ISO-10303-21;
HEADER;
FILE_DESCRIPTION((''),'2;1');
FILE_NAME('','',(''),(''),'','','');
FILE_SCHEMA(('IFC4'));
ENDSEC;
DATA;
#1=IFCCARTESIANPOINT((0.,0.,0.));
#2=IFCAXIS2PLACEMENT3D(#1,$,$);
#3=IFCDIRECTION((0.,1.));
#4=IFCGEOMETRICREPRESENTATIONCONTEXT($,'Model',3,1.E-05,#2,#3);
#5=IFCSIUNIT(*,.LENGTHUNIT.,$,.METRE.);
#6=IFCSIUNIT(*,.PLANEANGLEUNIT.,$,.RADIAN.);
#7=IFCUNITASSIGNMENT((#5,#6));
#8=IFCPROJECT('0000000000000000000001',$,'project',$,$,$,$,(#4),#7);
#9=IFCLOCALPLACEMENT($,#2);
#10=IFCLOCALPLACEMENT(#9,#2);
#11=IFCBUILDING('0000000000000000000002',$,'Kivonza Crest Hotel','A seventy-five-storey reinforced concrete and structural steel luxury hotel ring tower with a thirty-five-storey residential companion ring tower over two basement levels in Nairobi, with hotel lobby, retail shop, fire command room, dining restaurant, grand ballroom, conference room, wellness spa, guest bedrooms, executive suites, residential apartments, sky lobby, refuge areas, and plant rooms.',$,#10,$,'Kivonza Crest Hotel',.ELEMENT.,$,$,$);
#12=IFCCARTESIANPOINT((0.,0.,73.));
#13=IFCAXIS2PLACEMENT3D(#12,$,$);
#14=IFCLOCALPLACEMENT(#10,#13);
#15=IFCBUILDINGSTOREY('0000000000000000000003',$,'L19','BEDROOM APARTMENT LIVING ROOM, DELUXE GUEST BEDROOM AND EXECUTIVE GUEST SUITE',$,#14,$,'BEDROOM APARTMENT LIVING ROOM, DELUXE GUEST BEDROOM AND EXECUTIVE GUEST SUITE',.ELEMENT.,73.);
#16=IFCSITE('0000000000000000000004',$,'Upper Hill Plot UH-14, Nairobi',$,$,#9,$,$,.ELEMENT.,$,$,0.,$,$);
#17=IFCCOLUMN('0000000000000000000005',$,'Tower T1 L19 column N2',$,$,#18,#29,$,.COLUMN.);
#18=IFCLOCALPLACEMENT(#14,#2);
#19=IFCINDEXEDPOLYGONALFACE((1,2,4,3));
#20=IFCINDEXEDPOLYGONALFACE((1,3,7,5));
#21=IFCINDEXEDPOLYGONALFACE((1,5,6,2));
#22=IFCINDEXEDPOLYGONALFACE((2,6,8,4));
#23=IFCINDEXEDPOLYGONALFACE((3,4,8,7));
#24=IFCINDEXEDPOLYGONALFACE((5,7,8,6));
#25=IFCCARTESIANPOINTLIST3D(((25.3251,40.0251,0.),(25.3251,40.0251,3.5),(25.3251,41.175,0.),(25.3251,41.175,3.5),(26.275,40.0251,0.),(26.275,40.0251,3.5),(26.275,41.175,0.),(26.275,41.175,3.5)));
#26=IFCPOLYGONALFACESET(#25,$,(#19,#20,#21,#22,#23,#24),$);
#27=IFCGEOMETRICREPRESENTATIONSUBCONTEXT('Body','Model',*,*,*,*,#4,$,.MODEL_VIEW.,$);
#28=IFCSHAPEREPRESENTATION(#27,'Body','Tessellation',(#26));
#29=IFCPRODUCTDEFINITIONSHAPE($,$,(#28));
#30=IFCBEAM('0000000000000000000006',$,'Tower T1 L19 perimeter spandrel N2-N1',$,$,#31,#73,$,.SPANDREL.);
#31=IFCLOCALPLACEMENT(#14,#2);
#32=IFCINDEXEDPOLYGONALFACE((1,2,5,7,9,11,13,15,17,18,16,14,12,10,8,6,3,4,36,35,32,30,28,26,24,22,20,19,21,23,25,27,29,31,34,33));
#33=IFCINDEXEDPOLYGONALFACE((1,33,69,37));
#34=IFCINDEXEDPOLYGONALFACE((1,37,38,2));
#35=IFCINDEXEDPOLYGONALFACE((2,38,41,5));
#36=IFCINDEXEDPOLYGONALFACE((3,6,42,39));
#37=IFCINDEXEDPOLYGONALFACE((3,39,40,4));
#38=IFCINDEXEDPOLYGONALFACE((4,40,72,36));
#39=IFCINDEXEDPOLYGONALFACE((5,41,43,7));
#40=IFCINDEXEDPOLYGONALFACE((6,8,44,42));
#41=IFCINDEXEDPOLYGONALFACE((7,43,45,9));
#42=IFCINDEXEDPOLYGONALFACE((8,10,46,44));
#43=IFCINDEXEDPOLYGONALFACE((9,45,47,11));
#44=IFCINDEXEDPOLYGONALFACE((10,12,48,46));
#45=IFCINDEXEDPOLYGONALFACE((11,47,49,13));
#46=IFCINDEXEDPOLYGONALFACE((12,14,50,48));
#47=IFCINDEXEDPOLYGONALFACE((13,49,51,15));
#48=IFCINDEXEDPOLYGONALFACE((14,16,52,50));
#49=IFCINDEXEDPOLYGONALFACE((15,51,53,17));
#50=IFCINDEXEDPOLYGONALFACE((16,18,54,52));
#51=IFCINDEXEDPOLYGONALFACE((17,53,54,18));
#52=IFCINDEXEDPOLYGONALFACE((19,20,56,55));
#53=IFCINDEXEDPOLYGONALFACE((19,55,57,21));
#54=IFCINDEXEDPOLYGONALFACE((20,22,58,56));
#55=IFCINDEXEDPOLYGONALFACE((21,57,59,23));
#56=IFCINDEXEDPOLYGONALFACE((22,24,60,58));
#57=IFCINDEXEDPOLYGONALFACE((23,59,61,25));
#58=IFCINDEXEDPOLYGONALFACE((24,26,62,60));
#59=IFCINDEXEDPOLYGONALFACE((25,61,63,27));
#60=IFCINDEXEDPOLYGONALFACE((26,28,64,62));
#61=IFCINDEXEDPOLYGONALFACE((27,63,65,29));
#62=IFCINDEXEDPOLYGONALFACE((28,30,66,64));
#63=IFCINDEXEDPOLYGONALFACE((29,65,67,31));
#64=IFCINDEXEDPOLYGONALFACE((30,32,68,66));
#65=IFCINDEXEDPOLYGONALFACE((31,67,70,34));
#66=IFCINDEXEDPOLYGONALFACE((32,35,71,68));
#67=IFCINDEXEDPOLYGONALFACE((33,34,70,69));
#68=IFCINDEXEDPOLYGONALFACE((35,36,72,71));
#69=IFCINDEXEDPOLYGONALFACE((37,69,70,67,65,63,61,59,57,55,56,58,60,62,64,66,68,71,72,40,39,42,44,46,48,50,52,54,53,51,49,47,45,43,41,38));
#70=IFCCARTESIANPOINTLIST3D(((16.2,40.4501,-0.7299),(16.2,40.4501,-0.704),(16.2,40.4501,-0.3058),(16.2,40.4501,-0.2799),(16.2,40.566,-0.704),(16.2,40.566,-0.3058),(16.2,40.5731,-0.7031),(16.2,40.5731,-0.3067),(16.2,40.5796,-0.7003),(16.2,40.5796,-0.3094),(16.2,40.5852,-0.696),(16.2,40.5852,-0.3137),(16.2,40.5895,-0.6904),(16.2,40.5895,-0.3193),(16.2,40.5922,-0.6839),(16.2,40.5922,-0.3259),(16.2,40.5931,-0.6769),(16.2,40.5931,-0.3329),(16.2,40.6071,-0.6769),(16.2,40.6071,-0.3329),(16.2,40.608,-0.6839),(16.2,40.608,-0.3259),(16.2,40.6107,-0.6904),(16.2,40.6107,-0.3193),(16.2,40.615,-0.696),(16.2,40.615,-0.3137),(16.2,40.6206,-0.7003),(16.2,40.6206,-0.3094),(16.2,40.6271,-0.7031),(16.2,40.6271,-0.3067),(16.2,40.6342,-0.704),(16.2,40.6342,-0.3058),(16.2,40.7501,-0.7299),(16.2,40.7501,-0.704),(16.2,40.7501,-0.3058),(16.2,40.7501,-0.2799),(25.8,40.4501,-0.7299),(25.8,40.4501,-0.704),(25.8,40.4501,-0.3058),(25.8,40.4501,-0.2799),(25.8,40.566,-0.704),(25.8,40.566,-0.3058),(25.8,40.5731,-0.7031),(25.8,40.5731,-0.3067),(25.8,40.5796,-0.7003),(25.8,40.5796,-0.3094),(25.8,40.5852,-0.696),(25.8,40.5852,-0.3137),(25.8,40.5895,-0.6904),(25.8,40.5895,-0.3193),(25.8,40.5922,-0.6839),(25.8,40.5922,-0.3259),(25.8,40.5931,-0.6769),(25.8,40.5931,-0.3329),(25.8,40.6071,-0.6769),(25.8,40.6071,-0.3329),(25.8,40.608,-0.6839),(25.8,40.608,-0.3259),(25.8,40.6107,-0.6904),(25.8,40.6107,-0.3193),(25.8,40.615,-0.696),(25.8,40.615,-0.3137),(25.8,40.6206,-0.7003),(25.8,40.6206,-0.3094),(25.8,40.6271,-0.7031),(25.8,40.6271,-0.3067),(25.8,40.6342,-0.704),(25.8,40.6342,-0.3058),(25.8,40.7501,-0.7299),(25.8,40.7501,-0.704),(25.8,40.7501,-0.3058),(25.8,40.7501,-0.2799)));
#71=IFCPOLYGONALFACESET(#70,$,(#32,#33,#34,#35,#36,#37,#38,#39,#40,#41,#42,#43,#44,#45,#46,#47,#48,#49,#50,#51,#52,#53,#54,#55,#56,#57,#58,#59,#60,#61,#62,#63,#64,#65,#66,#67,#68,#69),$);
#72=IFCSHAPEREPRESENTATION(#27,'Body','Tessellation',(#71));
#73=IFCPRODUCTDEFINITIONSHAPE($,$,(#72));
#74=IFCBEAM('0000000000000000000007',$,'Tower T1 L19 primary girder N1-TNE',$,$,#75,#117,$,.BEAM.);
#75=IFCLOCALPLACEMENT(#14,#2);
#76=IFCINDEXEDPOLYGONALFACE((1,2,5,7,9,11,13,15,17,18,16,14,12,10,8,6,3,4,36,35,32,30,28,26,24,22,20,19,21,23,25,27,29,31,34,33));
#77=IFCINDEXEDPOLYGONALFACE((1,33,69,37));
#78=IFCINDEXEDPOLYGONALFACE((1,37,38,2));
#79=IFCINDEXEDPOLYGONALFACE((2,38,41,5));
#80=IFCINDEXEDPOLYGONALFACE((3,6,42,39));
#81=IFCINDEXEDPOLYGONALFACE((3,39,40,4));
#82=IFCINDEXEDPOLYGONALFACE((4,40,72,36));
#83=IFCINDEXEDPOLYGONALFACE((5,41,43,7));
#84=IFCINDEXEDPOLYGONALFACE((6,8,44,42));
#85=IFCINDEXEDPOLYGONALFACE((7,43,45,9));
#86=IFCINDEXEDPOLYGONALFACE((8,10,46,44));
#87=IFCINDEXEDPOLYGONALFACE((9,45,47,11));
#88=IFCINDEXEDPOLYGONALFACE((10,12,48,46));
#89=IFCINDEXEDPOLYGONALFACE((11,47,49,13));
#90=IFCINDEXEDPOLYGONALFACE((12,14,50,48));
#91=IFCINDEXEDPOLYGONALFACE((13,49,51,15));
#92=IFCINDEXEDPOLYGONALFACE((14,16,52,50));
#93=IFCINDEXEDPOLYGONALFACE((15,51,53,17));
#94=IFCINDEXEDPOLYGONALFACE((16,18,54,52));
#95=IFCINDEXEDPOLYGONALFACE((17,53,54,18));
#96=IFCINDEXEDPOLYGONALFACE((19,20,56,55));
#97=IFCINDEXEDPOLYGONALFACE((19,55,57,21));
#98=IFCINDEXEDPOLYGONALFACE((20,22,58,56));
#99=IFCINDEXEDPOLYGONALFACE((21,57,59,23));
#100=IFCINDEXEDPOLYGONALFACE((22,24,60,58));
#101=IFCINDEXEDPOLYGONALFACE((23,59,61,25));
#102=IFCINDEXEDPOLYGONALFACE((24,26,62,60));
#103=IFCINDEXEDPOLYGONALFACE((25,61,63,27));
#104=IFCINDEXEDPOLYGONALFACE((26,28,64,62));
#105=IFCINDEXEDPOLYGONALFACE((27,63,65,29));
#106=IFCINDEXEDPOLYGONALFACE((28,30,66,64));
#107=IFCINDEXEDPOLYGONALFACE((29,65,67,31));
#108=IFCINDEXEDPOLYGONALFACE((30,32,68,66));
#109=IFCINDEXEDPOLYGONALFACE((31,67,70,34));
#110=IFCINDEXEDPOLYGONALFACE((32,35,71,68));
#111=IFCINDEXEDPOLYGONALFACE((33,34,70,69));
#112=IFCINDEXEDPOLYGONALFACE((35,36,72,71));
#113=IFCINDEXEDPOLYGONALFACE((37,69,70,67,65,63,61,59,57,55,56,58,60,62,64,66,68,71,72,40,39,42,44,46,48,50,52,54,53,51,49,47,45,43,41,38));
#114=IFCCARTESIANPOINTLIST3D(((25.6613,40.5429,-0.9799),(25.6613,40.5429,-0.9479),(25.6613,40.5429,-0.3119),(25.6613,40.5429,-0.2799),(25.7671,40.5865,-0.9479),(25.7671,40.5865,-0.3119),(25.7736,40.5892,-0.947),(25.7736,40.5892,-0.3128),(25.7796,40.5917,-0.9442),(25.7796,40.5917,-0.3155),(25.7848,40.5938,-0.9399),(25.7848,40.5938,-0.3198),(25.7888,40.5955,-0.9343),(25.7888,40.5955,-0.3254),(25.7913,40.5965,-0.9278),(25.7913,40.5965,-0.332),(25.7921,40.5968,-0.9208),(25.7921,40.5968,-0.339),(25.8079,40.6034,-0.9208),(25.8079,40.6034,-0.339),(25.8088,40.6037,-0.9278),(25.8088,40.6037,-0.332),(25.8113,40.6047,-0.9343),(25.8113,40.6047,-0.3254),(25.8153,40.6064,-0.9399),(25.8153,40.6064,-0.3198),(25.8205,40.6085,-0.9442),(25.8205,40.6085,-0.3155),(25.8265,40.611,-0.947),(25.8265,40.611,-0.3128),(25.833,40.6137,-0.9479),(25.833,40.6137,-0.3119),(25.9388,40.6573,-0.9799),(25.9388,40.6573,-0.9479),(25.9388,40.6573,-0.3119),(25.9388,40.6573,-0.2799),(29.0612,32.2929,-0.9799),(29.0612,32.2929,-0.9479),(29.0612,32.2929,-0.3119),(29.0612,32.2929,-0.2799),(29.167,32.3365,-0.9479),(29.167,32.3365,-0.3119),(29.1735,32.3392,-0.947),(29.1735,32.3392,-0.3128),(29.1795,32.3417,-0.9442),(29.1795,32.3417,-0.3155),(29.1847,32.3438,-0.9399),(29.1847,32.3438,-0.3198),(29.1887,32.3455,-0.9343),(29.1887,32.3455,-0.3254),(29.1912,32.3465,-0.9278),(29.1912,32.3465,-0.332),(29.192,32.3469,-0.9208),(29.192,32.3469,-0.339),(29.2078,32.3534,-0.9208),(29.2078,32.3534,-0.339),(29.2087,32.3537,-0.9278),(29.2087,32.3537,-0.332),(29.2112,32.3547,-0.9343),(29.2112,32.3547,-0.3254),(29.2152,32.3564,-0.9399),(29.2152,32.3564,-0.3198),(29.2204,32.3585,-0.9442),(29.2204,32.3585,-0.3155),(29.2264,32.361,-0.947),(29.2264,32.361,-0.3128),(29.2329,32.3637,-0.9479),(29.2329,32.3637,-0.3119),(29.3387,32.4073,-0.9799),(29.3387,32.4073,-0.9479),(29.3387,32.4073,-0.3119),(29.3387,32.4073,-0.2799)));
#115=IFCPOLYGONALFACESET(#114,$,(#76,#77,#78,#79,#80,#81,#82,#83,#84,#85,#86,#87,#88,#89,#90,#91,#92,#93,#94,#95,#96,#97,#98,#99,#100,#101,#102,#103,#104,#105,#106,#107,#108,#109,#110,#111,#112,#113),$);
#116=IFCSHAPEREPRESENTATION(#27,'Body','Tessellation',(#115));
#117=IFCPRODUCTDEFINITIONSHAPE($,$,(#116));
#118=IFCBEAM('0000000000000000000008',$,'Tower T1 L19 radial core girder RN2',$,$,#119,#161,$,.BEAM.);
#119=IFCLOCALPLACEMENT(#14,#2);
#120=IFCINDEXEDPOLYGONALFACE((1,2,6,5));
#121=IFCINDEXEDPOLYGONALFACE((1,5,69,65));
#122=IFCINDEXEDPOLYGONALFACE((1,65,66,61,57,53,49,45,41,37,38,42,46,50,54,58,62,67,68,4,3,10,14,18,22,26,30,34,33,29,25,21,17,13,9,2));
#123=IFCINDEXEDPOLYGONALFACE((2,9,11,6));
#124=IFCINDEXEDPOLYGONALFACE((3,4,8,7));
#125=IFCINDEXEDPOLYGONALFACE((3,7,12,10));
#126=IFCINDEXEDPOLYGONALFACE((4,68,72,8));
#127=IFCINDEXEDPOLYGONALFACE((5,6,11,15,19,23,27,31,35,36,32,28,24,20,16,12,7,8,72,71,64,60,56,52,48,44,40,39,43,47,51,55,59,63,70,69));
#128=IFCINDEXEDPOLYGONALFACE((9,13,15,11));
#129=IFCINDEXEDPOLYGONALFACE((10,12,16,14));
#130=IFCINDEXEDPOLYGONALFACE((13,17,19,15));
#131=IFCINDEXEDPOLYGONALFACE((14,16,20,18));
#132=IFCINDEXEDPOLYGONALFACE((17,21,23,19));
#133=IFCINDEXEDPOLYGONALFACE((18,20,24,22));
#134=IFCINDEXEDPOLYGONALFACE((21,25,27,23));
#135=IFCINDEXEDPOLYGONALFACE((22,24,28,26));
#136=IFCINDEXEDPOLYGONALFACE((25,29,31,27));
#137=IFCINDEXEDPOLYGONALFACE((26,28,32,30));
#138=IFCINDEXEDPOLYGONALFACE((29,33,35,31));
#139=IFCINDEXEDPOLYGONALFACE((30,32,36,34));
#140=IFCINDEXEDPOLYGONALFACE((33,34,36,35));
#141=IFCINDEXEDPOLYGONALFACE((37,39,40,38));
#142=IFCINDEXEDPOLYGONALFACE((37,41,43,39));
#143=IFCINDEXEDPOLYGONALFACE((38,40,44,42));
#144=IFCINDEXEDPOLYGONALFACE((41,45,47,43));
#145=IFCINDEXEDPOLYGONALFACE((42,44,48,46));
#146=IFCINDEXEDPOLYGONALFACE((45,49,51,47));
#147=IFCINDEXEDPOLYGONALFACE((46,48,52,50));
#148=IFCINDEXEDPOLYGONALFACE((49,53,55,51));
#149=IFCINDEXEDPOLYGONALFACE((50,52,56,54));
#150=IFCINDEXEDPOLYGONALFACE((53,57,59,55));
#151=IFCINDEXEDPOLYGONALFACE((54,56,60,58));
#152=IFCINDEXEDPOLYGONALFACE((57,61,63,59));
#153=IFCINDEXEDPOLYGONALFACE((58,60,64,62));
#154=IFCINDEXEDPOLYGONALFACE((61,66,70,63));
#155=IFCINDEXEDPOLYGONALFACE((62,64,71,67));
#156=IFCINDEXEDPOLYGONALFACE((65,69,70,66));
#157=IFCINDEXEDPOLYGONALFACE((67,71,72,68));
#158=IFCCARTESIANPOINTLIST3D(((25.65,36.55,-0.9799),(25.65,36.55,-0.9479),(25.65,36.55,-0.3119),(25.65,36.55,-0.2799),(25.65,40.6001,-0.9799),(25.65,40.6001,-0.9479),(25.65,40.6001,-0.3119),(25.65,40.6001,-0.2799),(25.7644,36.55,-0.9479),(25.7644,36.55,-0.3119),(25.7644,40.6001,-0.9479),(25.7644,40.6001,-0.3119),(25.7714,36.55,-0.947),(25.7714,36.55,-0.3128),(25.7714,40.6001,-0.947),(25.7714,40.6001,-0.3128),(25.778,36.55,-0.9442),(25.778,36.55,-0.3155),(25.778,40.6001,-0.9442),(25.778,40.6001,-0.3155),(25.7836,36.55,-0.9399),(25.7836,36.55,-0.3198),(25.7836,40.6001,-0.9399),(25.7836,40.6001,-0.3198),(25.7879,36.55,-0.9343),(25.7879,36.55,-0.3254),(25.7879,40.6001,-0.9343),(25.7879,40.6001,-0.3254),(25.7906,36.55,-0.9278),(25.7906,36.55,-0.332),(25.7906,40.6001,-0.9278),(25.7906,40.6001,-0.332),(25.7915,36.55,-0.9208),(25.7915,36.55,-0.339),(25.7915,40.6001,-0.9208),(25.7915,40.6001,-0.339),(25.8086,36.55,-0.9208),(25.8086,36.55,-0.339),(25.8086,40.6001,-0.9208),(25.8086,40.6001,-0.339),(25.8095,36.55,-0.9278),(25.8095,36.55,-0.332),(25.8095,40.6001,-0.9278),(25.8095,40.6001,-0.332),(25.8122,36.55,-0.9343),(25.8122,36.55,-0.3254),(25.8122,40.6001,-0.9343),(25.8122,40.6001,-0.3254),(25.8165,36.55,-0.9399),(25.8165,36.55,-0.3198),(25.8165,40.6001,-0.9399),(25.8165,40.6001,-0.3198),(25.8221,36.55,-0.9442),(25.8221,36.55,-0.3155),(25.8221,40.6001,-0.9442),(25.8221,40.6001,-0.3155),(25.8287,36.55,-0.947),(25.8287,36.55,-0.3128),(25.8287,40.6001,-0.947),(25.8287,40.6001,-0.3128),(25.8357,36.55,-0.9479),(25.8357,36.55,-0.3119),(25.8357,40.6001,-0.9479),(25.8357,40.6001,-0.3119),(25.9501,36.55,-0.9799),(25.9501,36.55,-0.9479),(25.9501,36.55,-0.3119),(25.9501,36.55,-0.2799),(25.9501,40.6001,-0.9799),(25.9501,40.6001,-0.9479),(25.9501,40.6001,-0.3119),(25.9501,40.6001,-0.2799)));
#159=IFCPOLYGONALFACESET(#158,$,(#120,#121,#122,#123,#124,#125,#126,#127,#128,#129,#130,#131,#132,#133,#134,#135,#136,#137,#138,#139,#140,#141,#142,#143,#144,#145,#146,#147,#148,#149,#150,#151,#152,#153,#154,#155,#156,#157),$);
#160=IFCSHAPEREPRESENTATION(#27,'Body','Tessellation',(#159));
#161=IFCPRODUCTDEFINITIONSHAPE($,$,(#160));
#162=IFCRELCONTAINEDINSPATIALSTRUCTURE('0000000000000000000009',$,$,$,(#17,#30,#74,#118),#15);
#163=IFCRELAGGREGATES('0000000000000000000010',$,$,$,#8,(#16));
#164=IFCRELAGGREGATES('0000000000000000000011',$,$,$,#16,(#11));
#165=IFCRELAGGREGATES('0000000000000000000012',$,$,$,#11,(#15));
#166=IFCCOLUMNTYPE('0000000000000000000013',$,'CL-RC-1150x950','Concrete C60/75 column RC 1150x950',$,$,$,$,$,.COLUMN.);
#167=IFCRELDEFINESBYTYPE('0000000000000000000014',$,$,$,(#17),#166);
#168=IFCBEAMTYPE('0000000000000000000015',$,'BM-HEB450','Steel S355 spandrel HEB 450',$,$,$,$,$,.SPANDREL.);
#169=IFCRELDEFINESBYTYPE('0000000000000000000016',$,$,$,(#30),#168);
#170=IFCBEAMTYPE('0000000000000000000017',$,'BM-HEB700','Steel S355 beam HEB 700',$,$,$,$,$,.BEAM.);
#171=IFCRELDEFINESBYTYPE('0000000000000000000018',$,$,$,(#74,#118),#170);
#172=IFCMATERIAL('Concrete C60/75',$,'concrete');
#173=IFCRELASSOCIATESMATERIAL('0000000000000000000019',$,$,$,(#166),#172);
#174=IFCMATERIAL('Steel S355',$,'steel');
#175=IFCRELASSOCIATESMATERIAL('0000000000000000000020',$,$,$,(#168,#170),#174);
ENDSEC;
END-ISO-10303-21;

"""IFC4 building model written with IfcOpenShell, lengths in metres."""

from ifc_helpers import new_model, si_unit, direction, frame, origin, origin_2d, place, context, subcontext, project, spatial, rectangle, i_section, extrude, material, material_profile, profile_set, type_object, element, save


model = new_model("IFC4")

# Units and contexts
model_context = context("Model", 3, precision=1e-05, world=origin(), true_north=direction((0.0, 1.0)))
body_context = subcontext(model_context, "Body", "Model", "MODEL_VIEW")
ifc_project = project(units=[si_unit("LENGTHUNIT", "METRE"), si_unit("PLANEANGLEUNIT", "RADIAN")], contexts=[model_context])

# Site, building, storey
site_placement = place(None, origin())
site = spatial("IfcSite", under=ifc_project, at=site_placement, Name="Upper Hill Plot UH-14, Nairobi", CompositionType="ELEMENT", RefElevation=0.0)
building_placement = place(site_placement, origin())
building = spatial("IfcBuilding", under=site, at=building_placement, Name="Kivonza Crest Hotel", Description="A seventy-five-storey reinforced concrete and structural steel luxury hotel ring tower with a thirty-five-storey residential companion ring tower over two basement levels in Nairobi, with hotel lobby, retail shop, fire command room, dining restaurant, grand ballroom, conference room, wellness spa, guest bedrooms, executive suites, residential apartments, sky lobby, refuge areas, and plant rooms.", LongName="Kivonza Crest Hotel", CompositionType="ELEMENT")
storey_placement = place(building_placement, frame((0.0, 0.0, 73.0)))
storey = spatial("IfcBuildingStorey", under=building, at=storey_placement, Name="L19", Description="BEDROOM APARTMENT LIVING ROOM, DELUXE GUEST BEDROOM AND EXECUTIVE GUEST SUITE", LongName="BEDROOM APARTMENT LIVING ROOM, DELUXE GUEST BEDROOM AND EXECUTIVE GUEST SUITE", CompositionType="ELEMENT", Elevation=73.0)

# Column
ifc_material_1 = material(Name="Concrete C60/75", Category="concrete")
ifc_material_profile_1 = material_profile(ifc_material_1, rectangle(XDim=0.95, YDim=1.1499, at=origin_2d()), Name="RC 1150x950")
ifc_profile_set_1 = profile_set([ifc_material_profile_1], Name="Concrete C60/75")
column_type = type_object("IfcColumnType", Name="CL-RC-1150x950", Description="Concrete C60/75 column RC 1150x950", PredefinedType="COLUMN", material=ifc_profile_set_1)
column_placement = place(storey_placement, frame((25.8, 40.6001, 0.0), z_axis=(0.0, 0.0, 1.0), x_axis=(1.0, 0.0, 0.0)))
element("IfcColumn", 1, at=column_placement, inside=storey, type_object=column_type, Name="Tower T1 L19 column N2", PredefinedType="COLUMN", context=body_context, shape_type="SweptSolid", body=[
    extrude(rectangle(XDim=0.95, YDim=1.1499, at=origin_2d()), origin(), (0.0, 0.0, 1.0), 3.5),
])

# Beams
ifc_material_2 = material(Name="Steel S355", Category="steel")
ifc_material_profile_2 = material_profile(ifc_material_2, i_section(OverallWidth=0.3, OverallDepth=0.45, WebThickness=0.0139, FlangeThickness=0.0259, FilletRadius=0.0271, at=origin_2d()), Name="HEB 450")
ifc_profile_set_2 = profile_set([ifc_material_profile_2], Name="Steel S355")
beam_type_1 = type_object("IfcBeamType", Name="BM-HEB450", Description="Steel S355 spandrel HEB 450", PredefinedType="SPANDREL", material=ifc_profile_set_2)
beam_1_placement = place(storey_placement, frame((25.8, 40.6001, -0.5049), z_axis=(-1.0, 0.0, 0.0), x_axis=(0.0, -1.0, 0.0)))
element("IfcBeam", 2, at=beam_1_placement, inside=storey, type_object=beam_type_1, Name="Tower T1 L19 perimeter spandrel N2-N1", PredefinedType="SPANDREL", context=body_context, shape_type="SweptSolid", body=[
    extrude(i_section(OverallWidth=0.3, OverallDepth=0.45, WebThickness=0.0139, FlangeThickness=0.0259, FilletRadius=0.0271, at=origin_2d()), origin(), (0.0, 0.0, 1.0), 9.6001),
])
ifc_material_profile_3 = material_profile(ifc_material_2, i_section(OverallWidth=0.3, OverallDepth=0.7, WebThickness=0.0171, FlangeThickness=0.032, FilletRadius=0.0271, at=origin_2d()), Name="HEB 700")
ifc_profile_set_3 = profile_set([ifc_material_profile_3], Name="Steel S355")
beam_type_2 = type_object("IfcBeamType", Name="BM-HEB700", Description="Steel S355 beam HEB 700", PredefinedType="BEAM", material=ifc_profile_set_3)
beam_2_placement = place(storey_placement, frame((25.8, 40.6001, -0.6299), z_axis=(0.381022, -0.924566, 0.0), x_axis=(0.924566, 0.381022, 0.0)))
element("IfcBeam", 3, at=beam_2_placement, inside=storey, type_object=beam_type_2, Name="Tower T1 L19 primary girder N1-TNE", PredefinedType="BEAM", context=body_context, shape_type="SweptSolid", body=[
    extrude(i_section(OverallWidth=0.3, OverallDepth=0.7, WebThickness=0.0171, FlangeThickness=0.032, FilletRadius=0.0271, at=origin_2d()), origin(), (0.0, 0.0, 1.0), 8.9231),
])
beam_3_placement = place(storey_placement, frame((25.8, 40.6001, -0.6299), z_axis=(0.0, -1.0, 0.0), x_axis=(1.0, 0.0, 0.0)))
element("IfcBeam", 4, at=beam_3_placement, inside=storey, type_object=beam_type_2, Name="Tower T1 L19 radial core girder RN2", PredefinedType="BEAM", context=body_context, shape_type="SweptSolid", body=[
    extrude(i_section(OverallWidth=0.3, OverallDepth=0.7, WebThickness=0.0171, FlangeThickness=0.032, FilletRadius=0.0271, at=origin_2d()), origin(), (0.0, 0.0, 1.0), 4.05),
])

save(model, "model.ifc")
